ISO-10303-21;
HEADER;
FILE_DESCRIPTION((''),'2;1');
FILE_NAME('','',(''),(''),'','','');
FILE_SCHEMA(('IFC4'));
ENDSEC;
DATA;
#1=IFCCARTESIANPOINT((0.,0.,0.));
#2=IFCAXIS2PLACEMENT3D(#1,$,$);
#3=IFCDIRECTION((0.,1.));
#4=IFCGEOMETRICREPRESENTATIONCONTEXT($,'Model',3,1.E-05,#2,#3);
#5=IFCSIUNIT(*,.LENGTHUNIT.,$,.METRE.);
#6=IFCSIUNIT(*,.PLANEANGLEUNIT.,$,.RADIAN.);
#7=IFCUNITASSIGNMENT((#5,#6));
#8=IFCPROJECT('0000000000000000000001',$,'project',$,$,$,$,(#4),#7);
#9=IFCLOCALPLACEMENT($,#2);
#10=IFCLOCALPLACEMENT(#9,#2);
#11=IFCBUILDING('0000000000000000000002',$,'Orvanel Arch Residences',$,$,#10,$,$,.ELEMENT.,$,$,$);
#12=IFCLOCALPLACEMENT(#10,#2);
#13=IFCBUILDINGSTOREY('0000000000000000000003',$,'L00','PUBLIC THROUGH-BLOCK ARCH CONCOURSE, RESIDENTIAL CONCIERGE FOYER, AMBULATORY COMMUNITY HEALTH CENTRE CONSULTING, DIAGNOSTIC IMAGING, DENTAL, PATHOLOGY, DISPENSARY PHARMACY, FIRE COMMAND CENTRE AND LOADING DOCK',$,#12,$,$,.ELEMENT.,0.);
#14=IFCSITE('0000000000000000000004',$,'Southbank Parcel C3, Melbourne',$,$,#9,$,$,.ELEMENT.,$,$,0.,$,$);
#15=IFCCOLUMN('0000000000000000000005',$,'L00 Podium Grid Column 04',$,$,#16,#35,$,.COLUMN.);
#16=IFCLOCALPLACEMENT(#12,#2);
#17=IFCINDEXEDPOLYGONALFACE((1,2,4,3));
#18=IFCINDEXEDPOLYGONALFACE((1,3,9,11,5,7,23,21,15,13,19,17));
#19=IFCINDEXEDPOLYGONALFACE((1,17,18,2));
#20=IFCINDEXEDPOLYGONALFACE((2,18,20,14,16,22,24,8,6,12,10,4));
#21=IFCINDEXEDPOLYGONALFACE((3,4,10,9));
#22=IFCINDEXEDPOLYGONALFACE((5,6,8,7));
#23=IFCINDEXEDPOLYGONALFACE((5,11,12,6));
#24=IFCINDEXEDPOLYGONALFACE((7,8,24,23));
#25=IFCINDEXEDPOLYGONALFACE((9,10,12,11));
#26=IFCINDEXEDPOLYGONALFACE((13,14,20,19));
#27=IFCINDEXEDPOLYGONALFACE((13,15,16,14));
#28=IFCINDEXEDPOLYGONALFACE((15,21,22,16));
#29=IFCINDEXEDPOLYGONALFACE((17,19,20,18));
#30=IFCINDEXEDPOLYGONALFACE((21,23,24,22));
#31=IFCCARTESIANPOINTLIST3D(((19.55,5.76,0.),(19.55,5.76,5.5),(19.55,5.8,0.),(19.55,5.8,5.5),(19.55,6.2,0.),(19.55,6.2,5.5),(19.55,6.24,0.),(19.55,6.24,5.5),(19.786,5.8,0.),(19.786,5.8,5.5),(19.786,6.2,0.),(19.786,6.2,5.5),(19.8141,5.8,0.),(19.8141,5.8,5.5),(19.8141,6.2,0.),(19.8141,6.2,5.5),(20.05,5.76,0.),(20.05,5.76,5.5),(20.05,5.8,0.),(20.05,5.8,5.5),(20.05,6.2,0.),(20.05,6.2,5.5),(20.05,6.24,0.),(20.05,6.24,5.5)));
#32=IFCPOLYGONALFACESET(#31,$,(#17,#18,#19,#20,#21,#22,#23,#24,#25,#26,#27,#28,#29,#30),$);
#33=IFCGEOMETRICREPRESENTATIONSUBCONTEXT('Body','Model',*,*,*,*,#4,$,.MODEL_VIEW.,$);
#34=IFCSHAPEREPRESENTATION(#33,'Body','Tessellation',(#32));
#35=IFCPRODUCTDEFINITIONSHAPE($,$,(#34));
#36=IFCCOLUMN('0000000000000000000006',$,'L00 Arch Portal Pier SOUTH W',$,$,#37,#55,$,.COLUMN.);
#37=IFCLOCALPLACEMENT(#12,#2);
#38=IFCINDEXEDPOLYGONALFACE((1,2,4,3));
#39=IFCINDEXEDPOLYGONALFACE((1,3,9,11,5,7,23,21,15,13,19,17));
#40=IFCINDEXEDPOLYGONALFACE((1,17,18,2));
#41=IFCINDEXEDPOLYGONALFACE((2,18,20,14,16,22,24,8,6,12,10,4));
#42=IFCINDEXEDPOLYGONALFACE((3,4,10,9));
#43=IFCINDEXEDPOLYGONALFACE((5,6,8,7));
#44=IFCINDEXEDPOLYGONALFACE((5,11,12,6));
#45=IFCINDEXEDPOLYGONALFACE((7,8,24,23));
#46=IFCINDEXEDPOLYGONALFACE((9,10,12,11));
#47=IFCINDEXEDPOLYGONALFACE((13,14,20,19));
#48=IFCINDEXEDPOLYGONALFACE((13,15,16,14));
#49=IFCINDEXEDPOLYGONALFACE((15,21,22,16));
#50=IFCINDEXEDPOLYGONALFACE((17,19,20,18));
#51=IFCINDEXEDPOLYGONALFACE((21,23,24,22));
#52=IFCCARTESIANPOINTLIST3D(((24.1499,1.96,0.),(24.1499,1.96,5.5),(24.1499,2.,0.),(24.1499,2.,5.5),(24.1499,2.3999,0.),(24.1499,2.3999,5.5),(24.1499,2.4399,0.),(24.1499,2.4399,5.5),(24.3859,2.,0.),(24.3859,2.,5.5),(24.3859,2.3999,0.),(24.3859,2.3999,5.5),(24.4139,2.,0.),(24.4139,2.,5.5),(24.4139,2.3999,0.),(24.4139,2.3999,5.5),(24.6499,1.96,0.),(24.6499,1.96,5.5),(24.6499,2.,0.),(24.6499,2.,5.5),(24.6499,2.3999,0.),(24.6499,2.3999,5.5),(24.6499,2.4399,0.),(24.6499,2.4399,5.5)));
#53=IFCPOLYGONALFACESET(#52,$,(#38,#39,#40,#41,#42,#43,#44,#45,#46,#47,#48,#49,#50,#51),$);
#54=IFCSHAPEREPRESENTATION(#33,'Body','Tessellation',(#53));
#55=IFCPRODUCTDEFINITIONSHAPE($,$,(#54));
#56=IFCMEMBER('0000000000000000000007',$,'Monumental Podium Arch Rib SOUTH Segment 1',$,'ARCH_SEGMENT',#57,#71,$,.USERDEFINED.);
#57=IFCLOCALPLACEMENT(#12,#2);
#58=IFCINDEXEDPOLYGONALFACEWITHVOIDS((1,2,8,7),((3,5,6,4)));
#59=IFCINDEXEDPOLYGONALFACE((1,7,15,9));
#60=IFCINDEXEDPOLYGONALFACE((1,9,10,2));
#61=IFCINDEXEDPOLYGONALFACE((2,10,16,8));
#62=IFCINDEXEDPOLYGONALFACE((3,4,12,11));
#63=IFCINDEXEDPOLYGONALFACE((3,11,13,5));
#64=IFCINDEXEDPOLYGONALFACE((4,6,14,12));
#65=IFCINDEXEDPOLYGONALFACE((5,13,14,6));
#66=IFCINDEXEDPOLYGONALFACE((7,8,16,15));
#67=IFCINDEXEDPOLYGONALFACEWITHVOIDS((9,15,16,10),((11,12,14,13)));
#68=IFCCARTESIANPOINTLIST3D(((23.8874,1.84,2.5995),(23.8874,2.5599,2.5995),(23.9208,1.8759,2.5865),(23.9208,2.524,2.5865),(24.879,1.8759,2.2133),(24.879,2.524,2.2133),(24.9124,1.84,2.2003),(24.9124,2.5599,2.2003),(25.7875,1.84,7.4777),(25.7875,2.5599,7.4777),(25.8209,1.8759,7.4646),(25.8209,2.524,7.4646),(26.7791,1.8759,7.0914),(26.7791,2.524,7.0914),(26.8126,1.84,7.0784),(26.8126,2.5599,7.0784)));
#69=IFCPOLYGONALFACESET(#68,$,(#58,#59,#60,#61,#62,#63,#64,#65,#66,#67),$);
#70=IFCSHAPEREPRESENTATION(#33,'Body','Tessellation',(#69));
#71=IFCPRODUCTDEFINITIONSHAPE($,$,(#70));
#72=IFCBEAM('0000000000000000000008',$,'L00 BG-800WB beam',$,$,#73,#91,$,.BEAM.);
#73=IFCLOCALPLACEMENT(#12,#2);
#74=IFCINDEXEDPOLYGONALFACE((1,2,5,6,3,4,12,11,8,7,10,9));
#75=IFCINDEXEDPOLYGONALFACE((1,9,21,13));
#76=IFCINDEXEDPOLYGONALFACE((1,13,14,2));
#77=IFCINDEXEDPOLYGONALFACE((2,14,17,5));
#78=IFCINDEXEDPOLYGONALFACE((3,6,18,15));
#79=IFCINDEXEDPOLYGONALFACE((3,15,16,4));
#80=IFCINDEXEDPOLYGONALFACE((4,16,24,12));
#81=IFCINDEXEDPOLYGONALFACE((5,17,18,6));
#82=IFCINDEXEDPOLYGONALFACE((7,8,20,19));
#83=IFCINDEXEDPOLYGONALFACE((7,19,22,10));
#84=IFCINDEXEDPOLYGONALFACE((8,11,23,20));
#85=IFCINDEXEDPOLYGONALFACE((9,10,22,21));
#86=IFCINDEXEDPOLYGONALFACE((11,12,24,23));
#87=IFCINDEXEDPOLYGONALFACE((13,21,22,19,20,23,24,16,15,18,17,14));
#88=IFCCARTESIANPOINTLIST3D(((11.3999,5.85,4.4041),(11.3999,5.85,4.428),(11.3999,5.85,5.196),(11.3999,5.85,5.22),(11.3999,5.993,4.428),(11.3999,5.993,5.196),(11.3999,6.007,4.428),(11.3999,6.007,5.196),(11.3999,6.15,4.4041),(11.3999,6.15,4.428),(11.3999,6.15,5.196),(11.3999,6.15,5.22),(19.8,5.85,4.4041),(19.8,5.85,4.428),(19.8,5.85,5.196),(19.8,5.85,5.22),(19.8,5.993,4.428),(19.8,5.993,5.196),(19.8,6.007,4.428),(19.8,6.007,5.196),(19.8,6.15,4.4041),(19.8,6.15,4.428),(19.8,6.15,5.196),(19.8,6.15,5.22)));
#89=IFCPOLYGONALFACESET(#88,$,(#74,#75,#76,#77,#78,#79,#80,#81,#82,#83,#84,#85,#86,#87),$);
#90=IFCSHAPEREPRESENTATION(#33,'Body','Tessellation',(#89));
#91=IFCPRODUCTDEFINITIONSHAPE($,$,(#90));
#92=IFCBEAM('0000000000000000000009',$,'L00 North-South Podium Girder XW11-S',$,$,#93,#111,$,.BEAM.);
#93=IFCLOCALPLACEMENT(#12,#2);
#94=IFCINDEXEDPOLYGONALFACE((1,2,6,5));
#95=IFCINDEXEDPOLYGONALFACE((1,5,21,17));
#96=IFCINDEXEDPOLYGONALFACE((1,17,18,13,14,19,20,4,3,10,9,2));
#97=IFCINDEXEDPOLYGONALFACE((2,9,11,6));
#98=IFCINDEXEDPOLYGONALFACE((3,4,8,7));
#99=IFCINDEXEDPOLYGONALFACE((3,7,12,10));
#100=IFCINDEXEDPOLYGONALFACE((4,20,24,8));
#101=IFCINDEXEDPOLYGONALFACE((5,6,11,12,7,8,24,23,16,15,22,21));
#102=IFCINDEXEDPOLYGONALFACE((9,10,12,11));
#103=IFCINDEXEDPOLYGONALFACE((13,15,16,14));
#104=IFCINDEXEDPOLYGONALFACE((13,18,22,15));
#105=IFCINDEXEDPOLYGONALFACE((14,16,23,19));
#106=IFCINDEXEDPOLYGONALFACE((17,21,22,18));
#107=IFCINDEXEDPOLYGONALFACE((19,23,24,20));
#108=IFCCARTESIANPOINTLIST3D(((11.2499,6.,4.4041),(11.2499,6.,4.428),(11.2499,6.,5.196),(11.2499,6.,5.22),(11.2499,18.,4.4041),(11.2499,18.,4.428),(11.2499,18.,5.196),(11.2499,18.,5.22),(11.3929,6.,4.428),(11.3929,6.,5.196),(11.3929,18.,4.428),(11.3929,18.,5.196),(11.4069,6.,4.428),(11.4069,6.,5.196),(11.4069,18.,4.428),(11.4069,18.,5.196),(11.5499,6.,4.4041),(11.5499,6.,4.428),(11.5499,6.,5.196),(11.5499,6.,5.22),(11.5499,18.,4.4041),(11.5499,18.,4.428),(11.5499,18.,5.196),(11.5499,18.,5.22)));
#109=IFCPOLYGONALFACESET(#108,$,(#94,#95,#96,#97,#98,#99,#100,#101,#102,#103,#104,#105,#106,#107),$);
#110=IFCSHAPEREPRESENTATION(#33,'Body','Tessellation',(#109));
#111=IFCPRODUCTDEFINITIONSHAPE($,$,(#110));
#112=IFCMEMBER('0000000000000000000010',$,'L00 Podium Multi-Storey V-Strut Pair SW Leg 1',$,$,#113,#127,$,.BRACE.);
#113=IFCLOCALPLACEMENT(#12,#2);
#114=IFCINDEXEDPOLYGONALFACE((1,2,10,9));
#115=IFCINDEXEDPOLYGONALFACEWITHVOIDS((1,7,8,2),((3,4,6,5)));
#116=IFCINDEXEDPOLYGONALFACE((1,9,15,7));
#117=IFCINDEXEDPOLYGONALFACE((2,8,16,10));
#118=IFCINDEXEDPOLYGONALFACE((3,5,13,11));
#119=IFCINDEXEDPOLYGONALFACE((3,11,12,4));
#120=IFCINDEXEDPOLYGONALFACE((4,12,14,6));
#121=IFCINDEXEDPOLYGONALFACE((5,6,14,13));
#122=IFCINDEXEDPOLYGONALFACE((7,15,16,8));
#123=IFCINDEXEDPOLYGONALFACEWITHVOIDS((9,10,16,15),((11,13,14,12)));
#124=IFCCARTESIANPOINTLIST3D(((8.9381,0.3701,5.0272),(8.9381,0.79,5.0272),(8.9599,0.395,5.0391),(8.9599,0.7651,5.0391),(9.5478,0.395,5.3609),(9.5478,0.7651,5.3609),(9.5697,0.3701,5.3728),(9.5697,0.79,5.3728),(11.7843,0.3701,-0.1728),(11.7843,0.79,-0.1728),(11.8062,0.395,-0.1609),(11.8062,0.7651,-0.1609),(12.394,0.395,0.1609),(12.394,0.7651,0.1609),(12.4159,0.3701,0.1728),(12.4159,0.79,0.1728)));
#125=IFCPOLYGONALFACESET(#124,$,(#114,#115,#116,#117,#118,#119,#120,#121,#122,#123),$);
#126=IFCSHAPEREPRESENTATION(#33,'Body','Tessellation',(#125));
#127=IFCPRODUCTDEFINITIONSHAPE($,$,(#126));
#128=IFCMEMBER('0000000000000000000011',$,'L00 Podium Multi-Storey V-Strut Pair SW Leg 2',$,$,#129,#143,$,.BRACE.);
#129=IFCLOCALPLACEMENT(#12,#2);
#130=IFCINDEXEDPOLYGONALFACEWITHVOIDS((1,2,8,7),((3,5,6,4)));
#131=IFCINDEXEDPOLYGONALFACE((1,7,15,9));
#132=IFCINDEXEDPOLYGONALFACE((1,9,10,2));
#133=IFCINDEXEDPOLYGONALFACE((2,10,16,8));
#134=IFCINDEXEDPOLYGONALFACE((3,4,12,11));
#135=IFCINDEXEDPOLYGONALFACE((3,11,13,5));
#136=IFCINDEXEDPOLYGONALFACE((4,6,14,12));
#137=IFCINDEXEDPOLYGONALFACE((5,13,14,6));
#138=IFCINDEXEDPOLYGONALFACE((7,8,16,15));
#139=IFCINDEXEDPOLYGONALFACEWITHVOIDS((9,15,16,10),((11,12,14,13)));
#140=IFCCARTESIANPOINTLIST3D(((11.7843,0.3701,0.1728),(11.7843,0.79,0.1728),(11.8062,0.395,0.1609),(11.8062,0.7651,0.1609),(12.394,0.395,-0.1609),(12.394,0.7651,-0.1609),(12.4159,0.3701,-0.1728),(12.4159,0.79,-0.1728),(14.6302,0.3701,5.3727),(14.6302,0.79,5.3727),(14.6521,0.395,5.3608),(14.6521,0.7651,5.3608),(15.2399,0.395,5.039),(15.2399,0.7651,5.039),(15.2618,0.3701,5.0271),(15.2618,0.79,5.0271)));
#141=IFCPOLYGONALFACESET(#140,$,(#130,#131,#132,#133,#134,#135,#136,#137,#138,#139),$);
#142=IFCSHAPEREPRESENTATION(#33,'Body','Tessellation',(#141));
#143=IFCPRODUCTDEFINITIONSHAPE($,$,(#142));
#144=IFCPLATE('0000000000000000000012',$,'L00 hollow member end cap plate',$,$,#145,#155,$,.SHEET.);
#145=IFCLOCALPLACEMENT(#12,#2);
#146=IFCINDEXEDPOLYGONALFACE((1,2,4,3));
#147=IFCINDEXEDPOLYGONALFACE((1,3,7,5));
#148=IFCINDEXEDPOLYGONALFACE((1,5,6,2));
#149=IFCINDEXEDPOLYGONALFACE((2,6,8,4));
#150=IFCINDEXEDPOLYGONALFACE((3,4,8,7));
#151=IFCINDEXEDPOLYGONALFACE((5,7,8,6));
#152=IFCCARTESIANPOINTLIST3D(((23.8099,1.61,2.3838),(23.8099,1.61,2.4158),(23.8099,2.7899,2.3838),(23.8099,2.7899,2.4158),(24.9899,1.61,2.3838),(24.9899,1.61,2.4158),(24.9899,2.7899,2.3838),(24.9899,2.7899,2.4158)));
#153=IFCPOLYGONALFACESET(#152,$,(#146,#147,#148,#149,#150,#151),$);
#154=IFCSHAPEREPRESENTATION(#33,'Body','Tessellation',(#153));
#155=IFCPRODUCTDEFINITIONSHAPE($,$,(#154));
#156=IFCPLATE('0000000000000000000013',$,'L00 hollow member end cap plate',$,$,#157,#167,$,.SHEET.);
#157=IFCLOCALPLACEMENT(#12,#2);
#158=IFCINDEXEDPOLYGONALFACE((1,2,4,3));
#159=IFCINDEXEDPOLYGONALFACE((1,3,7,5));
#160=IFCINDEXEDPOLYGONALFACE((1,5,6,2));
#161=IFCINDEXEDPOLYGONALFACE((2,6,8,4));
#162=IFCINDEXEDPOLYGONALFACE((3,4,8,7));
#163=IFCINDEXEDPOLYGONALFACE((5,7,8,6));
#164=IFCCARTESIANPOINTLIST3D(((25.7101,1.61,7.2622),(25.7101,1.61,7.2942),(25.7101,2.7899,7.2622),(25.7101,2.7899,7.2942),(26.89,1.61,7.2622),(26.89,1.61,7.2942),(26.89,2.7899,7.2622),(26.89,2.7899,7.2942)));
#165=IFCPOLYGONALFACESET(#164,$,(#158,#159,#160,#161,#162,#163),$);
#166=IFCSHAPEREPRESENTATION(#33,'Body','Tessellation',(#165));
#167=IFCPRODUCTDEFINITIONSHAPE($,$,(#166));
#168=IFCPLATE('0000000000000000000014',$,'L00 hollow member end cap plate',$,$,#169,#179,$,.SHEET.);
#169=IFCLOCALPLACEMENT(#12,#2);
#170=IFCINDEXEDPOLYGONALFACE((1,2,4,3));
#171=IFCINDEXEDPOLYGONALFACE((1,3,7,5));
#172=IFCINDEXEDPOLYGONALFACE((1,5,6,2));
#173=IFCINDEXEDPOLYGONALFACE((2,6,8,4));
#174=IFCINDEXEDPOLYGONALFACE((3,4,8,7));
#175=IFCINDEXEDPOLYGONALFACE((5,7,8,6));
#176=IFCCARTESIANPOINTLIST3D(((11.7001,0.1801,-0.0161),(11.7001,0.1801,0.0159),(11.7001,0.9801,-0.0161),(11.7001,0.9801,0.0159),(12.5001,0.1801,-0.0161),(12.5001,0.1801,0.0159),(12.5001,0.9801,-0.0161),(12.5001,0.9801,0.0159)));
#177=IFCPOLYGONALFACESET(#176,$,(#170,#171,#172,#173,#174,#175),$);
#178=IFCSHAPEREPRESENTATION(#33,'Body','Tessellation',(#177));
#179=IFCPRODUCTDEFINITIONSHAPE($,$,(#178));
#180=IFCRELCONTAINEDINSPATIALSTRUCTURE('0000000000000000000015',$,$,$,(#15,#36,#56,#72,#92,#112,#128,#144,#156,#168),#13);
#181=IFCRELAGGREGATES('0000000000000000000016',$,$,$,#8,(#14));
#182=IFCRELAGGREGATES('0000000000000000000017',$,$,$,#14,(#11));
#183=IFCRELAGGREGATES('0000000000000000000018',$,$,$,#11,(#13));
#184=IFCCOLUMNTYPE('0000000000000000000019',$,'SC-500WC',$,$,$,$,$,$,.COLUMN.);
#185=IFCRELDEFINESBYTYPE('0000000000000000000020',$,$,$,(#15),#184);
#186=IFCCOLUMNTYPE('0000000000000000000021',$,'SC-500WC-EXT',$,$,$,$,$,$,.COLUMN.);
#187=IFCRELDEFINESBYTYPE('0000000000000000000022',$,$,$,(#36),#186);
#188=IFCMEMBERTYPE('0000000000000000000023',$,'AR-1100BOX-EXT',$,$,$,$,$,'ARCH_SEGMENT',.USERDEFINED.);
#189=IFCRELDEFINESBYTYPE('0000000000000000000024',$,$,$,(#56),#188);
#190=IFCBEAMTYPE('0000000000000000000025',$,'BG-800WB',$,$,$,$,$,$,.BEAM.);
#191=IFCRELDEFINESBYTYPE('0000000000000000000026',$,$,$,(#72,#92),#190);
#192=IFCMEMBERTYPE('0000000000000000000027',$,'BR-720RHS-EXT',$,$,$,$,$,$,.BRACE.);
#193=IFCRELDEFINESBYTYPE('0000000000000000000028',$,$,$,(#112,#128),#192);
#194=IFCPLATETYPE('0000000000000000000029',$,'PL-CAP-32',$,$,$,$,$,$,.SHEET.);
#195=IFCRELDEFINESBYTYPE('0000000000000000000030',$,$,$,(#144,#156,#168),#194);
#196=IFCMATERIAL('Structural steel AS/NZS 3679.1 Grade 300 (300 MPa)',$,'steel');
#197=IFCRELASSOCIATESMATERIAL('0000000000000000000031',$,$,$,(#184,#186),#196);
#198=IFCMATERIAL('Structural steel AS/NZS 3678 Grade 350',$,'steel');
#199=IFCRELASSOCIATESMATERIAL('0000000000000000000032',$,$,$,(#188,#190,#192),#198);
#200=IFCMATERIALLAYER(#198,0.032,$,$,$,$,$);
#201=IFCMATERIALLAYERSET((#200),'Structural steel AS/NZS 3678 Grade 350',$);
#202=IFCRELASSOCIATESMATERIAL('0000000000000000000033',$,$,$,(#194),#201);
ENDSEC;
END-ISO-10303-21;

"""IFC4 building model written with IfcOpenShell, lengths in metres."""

from ifc_helpers import new_model, si_unit, direction, frame, origin, origin_2d, place, context, subcontext, project, spatial, rectangle, hollow_rectangle, i_section, extrude, material, layer, layer_set, material_profile, profile_set, type_object, element, save


model = new_model("IFC4")

# Units and contexts
model_context = context("Model", 3, precision=1e-05, world=origin(), true_north=direction((0.0, 1.0)))
body_context = subcontext(model_context, "Body", "Model", "MODEL_VIEW")
ifc_project = project(units=[si_unit("LENGTHUNIT", "METRE"), si_unit("PLANEANGLEUNIT", "RADIAN")], contexts=[model_context])

# Site, building, storey
site_placement = place(None, origin())
site = spatial("IfcSite", under=ifc_project, at=site_placement, Name="Southbank Parcel C3, Melbourne", CompositionType="ELEMENT", RefElevation=0.0)
building_placement = place(site_placement, origin())
building = spatial("IfcBuilding", under=site, at=building_placement, Name="Orvanel Arch Residences", CompositionType="ELEMENT")
storey_placement = place(building_placement, origin())
storey = spatial("IfcBuildingStorey", under=building, at=storey_placement, Name="L00", Description="PUBLIC THROUGH-BLOCK ARCH CONCOURSE, RESIDENTIAL CONCIERGE FOYER, AMBULATORY COMMUNITY HEALTH CENTRE CONSULTING, DIAGNOSTIC IMAGING, DENTAL, PATHOLOGY, DISPENSARY PHARMACY, FIRE COMMAND CENTRE AND LOADING DOCK", CompositionType="ELEMENT", Elevation=0.0)

# Columns
ifc_material_1 = material(Name="Structural steel AS/NZS 3679.1 Grade 300 (300 MPa)", Category="steel")
ifc_material_profile_1 = material_profile(ifc_material_1, i_section(OverallWidth=0.5, OverallDepth=0.48, WebThickness=0.0281, FlangeThickness=0.04, at=origin_2d()), Name="500WC440")
ifc_profile_set_1 = profile_set([ifc_material_profile_1], Name="Structural steel AS/NZS 3679.1 Grade 300 (300 MPa)")
column_type_1 = type_object("IfcColumnType", Name="SC-500WC", PredefinedType="COLUMN", material=ifc_profile_set_1)
for number, where, z_axis, x_axis, name in (
    (1, (19.8, 6.0, 0.0), (0.0, 0.0, 1.0), (1.0, 0.0, 0.0), "L00 Podium Grid Column 04"),
):
    element("IfcColumn", number, at=place(storey_placement, frame(where, z_axis=z_axis, x_axis=x_axis)), inside=storey, type_object=column_type_1, Name=name, PredefinedType="COLUMN", context=body_context, shape_type="SweptSolid", body=[
        extrude(i_section(OverallWidth=0.5, OverallDepth=0.48, WebThickness=0.0281, FlangeThickness=0.04, at=origin_2d()), origin(), (0.0, 0.0, 1.0), 5.5),
    ])
ifc_material_profile_2 = material_profile(ifc_material_1, i_section(OverallWidth=0.5, OverallDepth=0.48, WebThickness=0.0281, FlangeThickness=0.04, at=origin_2d()), Name="500WC440")
ifc_profile_set_2 = profile_set([ifc_material_profile_2], Name="Structural steel AS/NZS 3679.1 Grade 300 (300 MPa)")
column_type_2 = type_object("IfcColumnType", Name="SC-500WC-EXT", PredefinedType="COLUMN", material=ifc_profile_set_2)
column_1_placement = place(storey_placement, frame((24.3999, 2.2, 0.0), z_axis=(0.0, 0.0, 1.0), x_axis=(1.0, 0.0, 0.0)))
element("IfcColumn", 2, at=column_1_placement, inside=storey, type_object=column_type_2, Name="L00 Arch Portal Pier SOUTH W", PredefinedType="COLUMN", context=body_context, shape_type="SweptSolid", body=[
    extrude(i_section(OverallWidth=0.5, OverallDepth=0.48, WebThickness=0.0281, FlangeThickness=0.04, at=origin_2d()), origin(), (0.0, 0.0, 1.0), 5.5),
])

# Member
ifc_material_2 = material(Name="Structural steel AS/NZS 3678 Grade 350", Category="steel")
ifc_material_profile_3 = material_profile(ifc_material_2, hollow_rectangle(XDim=0.72, YDim=1.1001, WallThickness=0.0359, at=origin_2d()), Name="BOX1100x720x36")
ifc_profile_set_3 = profile_set([ifc_material_profile_3], Name="Structural steel AS/NZS 3678 Grade 350")
member_type_1 = type_object("IfcMemberType", Name="AR-1100BOX-EXT", ElementType="ARCH_SEGMENT", PredefinedType="USERDEFINED", material=ifc_profile_set_3)
member_1_placement = place(storey_placement, frame((24.3999, 2.2, 2.3999), z_axis=(0.362957, 0.0, 0.931806), x_axis=(0.0, 1.0, 0.0)))
element("IfcMember", 3, at=member_1_placement, inside=storey, type_object=member_type_1, Name="Monumental Podium Arch Rib SOUTH Segment 1", ObjectType="ARCH_SEGMENT", PredefinedType="USERDEFINED", context=body_context, shape_type="SweptSolid", body=[
    extrude(hollow_rectangle(XDim=0.72, YDim=1.1001, WallThickness=0.0359, at=origin_2d()), origin(), (0.0, 0.0, 1.0), 5.2351),
])

# Beams
ifc_material_profile_4 = material_profile(ifc_material_2, i_section(OverallWidth=0.3, OverallDepth=0.8159, WebThickness=0.0139, FlangeThickness=0.0239, at=origin_2d()), Name="800WB192")
ifc_profile_set_4 = profile_set([ifc_material_profile_4], Name="Structural steel AS/NZS 3678 Grade 350")
beam_type = type_object("IfcBeamType", Name="BG-800WB", PredefinedType="BEAM", material=ifc_profile_set_4)
beam_1_placement = place(storey_placement, frame((11.3999, 6.0, 4.812), z_axis=(1.0, 0.0, 0.0), x_axis=(0.0, 1.0, 0.0)))
element("IfcBeam", 4, at=beam_1_placement, inside=storey, type_object=beam_type, Name="L00 BG-800WB beam", PredefinedType="BEAM", context=body_context, shape_type="SweptSolid", body=[
    extrude(i_section(OverallWidth=0.3, OverallDepth=0.8159, WebThickness=0.0139, FlangeThickness=0.0239, at=origin_2d()), origin(), (0.0, 0.0, 1.0), 8.4001),
])
beam_2_placement = place(storey_placement, frame((11.3999, 6.0, 4.812), z_axis=(0.0, 1.0, 0.0), x_axis=(-1.0, 0.0, 0.0)))
element("IfcBeam", 5, at=beam_2_placement, inside=storey, type_object=beam_type, Name="L00 North-South Podium Girder XW11-S", PredefinedType="BEAM", context=body_context, shape_type="SweptSolid", body=[
    extrude(i_section(OverallWidth=0.3, OverallDepth=0.8159, WebThickness=0.0139, FlangeThickness=0.0239, at=origin_2d()), origin(), (0.0, 0.0, 1.0), 12.0),
])

# Members
ifc_material_profile_5 = material_profile(ifc_material_2, hollow_rectangle(XDim=0.4199, YDim=0.72, WallThickness=0.0249, at=origin_2d()), Name="RHS720x420x25")
ifc_profile_set_5 = profile_set([ifc_material_profile_5], Name="Structural steel AS/NZS 3678 Grade 350")
member_type_2 = type_object("IfcMemberType", Name="BR-720RHS-EXT", PredefinedType="BRACE", material=ifc_profile_set_5)
member_2_placement = place(storey_placement, frame((12.1001, 0.5801, 0.0), z_axis=(-0.480133, 0.0, 0.877196), x_axis=(0.0, -1.0, 0.0)))
element("IfcMember", 6, at=member_2_placement, inside=storey, type_object=member_type_2, Name="L00 Podium Multi-Storey V-Strut Pair SW Leg 1", PredefinedType="BRACE", context=body_context, shape_type="SweptSolid", body=[
    extrude(hollow_rectangle(XDim=0.4199, YDim=0.72, WallThickness=0.0249, at=origin_2d()), origin(), (0.0, 0.0, 1.0), 5.928),
])
member_3_placement = place(storey_placement, frame((12.1001, 0.5801, 0.0), z_axis=(0.480101, 0.0, 0.877213), x_axis=(0.0, 1.0, 0.0)))
element("IfcMember", 7, at=member_3_placement, inside=storey, type_object=member_type_2, Name="L00 Podium Multi-Storey V-Strut Pair SW Leg 2", PredefinedType="BRACE", context=body_context, shape_type="SweptSolid", body=[
    extrude(hollow_rectangle(XDim=0.4199, YDim=0.72, WallThickness=0.0249, at=origin_2d()), origin(), (0.0, 0.0, 1.0), 5.9277),
])

# Plates
ifc_layer_1 = layer(ifc_material_2, 0.032)
ifc_layer_set_1 = layer_set([ifc_layer_1], Name="Structural steel AS/NZS 3678 Grade 350")
plate_type = type_object("IfcPlateType", Name="PL-CAP-32", PredefinedType="SHEET", material=ifc_layer_set_1)
for number, where, z_axis, x_axis, name in (
    (8, (24.3999, 2.2, 2.3838), (0.0, 0.0, 1.0), (1.0, 0.0, 0.0), "L00 hollow member end cap plate"),
    (9, (26.3, 2.2, 7.2622), (0.0, 0.0, 1.0), (1.0, 0.0, 0.0), "L00 hollow member end cap plate"),
):
    element("IfcPlate", number, at=place(storey_placement, frame(where, z_axis=z_axis, x_axis=x_axis)), inside=storey, type_object=plate_type, Name=name, PredefinedType="SHEET", context=body_context, shape_type="SweptSolid", body=[
        extrude(rectangle(XDim=1.1799, YDim=1.1799, at=origin_2d()), origin(), (0.0, 0.0, 1.0), 0.032),
    ])
plate_placement = place(storey_placement, frame((12.1001, 0.5801, -0.0161), z_axis=(0.0, 0.0, 1.0), x_axis=(1.0, 0.0, 0.0)))
element("IfcPlate", 10, at=plate_placement, inside=storey, type_object=plate_type, Name="L00 hollow member end cap plate", PredefinedType="SHEET", context=body_context, shape_type="SweptSolid", body=[
    extrude(rectangle(XDim=0.8, YDim=0.8, at=origin_2d()), origin(), (0.0, 0.0, 1.0), 0.032),
])

save(model, "model.ifc")
